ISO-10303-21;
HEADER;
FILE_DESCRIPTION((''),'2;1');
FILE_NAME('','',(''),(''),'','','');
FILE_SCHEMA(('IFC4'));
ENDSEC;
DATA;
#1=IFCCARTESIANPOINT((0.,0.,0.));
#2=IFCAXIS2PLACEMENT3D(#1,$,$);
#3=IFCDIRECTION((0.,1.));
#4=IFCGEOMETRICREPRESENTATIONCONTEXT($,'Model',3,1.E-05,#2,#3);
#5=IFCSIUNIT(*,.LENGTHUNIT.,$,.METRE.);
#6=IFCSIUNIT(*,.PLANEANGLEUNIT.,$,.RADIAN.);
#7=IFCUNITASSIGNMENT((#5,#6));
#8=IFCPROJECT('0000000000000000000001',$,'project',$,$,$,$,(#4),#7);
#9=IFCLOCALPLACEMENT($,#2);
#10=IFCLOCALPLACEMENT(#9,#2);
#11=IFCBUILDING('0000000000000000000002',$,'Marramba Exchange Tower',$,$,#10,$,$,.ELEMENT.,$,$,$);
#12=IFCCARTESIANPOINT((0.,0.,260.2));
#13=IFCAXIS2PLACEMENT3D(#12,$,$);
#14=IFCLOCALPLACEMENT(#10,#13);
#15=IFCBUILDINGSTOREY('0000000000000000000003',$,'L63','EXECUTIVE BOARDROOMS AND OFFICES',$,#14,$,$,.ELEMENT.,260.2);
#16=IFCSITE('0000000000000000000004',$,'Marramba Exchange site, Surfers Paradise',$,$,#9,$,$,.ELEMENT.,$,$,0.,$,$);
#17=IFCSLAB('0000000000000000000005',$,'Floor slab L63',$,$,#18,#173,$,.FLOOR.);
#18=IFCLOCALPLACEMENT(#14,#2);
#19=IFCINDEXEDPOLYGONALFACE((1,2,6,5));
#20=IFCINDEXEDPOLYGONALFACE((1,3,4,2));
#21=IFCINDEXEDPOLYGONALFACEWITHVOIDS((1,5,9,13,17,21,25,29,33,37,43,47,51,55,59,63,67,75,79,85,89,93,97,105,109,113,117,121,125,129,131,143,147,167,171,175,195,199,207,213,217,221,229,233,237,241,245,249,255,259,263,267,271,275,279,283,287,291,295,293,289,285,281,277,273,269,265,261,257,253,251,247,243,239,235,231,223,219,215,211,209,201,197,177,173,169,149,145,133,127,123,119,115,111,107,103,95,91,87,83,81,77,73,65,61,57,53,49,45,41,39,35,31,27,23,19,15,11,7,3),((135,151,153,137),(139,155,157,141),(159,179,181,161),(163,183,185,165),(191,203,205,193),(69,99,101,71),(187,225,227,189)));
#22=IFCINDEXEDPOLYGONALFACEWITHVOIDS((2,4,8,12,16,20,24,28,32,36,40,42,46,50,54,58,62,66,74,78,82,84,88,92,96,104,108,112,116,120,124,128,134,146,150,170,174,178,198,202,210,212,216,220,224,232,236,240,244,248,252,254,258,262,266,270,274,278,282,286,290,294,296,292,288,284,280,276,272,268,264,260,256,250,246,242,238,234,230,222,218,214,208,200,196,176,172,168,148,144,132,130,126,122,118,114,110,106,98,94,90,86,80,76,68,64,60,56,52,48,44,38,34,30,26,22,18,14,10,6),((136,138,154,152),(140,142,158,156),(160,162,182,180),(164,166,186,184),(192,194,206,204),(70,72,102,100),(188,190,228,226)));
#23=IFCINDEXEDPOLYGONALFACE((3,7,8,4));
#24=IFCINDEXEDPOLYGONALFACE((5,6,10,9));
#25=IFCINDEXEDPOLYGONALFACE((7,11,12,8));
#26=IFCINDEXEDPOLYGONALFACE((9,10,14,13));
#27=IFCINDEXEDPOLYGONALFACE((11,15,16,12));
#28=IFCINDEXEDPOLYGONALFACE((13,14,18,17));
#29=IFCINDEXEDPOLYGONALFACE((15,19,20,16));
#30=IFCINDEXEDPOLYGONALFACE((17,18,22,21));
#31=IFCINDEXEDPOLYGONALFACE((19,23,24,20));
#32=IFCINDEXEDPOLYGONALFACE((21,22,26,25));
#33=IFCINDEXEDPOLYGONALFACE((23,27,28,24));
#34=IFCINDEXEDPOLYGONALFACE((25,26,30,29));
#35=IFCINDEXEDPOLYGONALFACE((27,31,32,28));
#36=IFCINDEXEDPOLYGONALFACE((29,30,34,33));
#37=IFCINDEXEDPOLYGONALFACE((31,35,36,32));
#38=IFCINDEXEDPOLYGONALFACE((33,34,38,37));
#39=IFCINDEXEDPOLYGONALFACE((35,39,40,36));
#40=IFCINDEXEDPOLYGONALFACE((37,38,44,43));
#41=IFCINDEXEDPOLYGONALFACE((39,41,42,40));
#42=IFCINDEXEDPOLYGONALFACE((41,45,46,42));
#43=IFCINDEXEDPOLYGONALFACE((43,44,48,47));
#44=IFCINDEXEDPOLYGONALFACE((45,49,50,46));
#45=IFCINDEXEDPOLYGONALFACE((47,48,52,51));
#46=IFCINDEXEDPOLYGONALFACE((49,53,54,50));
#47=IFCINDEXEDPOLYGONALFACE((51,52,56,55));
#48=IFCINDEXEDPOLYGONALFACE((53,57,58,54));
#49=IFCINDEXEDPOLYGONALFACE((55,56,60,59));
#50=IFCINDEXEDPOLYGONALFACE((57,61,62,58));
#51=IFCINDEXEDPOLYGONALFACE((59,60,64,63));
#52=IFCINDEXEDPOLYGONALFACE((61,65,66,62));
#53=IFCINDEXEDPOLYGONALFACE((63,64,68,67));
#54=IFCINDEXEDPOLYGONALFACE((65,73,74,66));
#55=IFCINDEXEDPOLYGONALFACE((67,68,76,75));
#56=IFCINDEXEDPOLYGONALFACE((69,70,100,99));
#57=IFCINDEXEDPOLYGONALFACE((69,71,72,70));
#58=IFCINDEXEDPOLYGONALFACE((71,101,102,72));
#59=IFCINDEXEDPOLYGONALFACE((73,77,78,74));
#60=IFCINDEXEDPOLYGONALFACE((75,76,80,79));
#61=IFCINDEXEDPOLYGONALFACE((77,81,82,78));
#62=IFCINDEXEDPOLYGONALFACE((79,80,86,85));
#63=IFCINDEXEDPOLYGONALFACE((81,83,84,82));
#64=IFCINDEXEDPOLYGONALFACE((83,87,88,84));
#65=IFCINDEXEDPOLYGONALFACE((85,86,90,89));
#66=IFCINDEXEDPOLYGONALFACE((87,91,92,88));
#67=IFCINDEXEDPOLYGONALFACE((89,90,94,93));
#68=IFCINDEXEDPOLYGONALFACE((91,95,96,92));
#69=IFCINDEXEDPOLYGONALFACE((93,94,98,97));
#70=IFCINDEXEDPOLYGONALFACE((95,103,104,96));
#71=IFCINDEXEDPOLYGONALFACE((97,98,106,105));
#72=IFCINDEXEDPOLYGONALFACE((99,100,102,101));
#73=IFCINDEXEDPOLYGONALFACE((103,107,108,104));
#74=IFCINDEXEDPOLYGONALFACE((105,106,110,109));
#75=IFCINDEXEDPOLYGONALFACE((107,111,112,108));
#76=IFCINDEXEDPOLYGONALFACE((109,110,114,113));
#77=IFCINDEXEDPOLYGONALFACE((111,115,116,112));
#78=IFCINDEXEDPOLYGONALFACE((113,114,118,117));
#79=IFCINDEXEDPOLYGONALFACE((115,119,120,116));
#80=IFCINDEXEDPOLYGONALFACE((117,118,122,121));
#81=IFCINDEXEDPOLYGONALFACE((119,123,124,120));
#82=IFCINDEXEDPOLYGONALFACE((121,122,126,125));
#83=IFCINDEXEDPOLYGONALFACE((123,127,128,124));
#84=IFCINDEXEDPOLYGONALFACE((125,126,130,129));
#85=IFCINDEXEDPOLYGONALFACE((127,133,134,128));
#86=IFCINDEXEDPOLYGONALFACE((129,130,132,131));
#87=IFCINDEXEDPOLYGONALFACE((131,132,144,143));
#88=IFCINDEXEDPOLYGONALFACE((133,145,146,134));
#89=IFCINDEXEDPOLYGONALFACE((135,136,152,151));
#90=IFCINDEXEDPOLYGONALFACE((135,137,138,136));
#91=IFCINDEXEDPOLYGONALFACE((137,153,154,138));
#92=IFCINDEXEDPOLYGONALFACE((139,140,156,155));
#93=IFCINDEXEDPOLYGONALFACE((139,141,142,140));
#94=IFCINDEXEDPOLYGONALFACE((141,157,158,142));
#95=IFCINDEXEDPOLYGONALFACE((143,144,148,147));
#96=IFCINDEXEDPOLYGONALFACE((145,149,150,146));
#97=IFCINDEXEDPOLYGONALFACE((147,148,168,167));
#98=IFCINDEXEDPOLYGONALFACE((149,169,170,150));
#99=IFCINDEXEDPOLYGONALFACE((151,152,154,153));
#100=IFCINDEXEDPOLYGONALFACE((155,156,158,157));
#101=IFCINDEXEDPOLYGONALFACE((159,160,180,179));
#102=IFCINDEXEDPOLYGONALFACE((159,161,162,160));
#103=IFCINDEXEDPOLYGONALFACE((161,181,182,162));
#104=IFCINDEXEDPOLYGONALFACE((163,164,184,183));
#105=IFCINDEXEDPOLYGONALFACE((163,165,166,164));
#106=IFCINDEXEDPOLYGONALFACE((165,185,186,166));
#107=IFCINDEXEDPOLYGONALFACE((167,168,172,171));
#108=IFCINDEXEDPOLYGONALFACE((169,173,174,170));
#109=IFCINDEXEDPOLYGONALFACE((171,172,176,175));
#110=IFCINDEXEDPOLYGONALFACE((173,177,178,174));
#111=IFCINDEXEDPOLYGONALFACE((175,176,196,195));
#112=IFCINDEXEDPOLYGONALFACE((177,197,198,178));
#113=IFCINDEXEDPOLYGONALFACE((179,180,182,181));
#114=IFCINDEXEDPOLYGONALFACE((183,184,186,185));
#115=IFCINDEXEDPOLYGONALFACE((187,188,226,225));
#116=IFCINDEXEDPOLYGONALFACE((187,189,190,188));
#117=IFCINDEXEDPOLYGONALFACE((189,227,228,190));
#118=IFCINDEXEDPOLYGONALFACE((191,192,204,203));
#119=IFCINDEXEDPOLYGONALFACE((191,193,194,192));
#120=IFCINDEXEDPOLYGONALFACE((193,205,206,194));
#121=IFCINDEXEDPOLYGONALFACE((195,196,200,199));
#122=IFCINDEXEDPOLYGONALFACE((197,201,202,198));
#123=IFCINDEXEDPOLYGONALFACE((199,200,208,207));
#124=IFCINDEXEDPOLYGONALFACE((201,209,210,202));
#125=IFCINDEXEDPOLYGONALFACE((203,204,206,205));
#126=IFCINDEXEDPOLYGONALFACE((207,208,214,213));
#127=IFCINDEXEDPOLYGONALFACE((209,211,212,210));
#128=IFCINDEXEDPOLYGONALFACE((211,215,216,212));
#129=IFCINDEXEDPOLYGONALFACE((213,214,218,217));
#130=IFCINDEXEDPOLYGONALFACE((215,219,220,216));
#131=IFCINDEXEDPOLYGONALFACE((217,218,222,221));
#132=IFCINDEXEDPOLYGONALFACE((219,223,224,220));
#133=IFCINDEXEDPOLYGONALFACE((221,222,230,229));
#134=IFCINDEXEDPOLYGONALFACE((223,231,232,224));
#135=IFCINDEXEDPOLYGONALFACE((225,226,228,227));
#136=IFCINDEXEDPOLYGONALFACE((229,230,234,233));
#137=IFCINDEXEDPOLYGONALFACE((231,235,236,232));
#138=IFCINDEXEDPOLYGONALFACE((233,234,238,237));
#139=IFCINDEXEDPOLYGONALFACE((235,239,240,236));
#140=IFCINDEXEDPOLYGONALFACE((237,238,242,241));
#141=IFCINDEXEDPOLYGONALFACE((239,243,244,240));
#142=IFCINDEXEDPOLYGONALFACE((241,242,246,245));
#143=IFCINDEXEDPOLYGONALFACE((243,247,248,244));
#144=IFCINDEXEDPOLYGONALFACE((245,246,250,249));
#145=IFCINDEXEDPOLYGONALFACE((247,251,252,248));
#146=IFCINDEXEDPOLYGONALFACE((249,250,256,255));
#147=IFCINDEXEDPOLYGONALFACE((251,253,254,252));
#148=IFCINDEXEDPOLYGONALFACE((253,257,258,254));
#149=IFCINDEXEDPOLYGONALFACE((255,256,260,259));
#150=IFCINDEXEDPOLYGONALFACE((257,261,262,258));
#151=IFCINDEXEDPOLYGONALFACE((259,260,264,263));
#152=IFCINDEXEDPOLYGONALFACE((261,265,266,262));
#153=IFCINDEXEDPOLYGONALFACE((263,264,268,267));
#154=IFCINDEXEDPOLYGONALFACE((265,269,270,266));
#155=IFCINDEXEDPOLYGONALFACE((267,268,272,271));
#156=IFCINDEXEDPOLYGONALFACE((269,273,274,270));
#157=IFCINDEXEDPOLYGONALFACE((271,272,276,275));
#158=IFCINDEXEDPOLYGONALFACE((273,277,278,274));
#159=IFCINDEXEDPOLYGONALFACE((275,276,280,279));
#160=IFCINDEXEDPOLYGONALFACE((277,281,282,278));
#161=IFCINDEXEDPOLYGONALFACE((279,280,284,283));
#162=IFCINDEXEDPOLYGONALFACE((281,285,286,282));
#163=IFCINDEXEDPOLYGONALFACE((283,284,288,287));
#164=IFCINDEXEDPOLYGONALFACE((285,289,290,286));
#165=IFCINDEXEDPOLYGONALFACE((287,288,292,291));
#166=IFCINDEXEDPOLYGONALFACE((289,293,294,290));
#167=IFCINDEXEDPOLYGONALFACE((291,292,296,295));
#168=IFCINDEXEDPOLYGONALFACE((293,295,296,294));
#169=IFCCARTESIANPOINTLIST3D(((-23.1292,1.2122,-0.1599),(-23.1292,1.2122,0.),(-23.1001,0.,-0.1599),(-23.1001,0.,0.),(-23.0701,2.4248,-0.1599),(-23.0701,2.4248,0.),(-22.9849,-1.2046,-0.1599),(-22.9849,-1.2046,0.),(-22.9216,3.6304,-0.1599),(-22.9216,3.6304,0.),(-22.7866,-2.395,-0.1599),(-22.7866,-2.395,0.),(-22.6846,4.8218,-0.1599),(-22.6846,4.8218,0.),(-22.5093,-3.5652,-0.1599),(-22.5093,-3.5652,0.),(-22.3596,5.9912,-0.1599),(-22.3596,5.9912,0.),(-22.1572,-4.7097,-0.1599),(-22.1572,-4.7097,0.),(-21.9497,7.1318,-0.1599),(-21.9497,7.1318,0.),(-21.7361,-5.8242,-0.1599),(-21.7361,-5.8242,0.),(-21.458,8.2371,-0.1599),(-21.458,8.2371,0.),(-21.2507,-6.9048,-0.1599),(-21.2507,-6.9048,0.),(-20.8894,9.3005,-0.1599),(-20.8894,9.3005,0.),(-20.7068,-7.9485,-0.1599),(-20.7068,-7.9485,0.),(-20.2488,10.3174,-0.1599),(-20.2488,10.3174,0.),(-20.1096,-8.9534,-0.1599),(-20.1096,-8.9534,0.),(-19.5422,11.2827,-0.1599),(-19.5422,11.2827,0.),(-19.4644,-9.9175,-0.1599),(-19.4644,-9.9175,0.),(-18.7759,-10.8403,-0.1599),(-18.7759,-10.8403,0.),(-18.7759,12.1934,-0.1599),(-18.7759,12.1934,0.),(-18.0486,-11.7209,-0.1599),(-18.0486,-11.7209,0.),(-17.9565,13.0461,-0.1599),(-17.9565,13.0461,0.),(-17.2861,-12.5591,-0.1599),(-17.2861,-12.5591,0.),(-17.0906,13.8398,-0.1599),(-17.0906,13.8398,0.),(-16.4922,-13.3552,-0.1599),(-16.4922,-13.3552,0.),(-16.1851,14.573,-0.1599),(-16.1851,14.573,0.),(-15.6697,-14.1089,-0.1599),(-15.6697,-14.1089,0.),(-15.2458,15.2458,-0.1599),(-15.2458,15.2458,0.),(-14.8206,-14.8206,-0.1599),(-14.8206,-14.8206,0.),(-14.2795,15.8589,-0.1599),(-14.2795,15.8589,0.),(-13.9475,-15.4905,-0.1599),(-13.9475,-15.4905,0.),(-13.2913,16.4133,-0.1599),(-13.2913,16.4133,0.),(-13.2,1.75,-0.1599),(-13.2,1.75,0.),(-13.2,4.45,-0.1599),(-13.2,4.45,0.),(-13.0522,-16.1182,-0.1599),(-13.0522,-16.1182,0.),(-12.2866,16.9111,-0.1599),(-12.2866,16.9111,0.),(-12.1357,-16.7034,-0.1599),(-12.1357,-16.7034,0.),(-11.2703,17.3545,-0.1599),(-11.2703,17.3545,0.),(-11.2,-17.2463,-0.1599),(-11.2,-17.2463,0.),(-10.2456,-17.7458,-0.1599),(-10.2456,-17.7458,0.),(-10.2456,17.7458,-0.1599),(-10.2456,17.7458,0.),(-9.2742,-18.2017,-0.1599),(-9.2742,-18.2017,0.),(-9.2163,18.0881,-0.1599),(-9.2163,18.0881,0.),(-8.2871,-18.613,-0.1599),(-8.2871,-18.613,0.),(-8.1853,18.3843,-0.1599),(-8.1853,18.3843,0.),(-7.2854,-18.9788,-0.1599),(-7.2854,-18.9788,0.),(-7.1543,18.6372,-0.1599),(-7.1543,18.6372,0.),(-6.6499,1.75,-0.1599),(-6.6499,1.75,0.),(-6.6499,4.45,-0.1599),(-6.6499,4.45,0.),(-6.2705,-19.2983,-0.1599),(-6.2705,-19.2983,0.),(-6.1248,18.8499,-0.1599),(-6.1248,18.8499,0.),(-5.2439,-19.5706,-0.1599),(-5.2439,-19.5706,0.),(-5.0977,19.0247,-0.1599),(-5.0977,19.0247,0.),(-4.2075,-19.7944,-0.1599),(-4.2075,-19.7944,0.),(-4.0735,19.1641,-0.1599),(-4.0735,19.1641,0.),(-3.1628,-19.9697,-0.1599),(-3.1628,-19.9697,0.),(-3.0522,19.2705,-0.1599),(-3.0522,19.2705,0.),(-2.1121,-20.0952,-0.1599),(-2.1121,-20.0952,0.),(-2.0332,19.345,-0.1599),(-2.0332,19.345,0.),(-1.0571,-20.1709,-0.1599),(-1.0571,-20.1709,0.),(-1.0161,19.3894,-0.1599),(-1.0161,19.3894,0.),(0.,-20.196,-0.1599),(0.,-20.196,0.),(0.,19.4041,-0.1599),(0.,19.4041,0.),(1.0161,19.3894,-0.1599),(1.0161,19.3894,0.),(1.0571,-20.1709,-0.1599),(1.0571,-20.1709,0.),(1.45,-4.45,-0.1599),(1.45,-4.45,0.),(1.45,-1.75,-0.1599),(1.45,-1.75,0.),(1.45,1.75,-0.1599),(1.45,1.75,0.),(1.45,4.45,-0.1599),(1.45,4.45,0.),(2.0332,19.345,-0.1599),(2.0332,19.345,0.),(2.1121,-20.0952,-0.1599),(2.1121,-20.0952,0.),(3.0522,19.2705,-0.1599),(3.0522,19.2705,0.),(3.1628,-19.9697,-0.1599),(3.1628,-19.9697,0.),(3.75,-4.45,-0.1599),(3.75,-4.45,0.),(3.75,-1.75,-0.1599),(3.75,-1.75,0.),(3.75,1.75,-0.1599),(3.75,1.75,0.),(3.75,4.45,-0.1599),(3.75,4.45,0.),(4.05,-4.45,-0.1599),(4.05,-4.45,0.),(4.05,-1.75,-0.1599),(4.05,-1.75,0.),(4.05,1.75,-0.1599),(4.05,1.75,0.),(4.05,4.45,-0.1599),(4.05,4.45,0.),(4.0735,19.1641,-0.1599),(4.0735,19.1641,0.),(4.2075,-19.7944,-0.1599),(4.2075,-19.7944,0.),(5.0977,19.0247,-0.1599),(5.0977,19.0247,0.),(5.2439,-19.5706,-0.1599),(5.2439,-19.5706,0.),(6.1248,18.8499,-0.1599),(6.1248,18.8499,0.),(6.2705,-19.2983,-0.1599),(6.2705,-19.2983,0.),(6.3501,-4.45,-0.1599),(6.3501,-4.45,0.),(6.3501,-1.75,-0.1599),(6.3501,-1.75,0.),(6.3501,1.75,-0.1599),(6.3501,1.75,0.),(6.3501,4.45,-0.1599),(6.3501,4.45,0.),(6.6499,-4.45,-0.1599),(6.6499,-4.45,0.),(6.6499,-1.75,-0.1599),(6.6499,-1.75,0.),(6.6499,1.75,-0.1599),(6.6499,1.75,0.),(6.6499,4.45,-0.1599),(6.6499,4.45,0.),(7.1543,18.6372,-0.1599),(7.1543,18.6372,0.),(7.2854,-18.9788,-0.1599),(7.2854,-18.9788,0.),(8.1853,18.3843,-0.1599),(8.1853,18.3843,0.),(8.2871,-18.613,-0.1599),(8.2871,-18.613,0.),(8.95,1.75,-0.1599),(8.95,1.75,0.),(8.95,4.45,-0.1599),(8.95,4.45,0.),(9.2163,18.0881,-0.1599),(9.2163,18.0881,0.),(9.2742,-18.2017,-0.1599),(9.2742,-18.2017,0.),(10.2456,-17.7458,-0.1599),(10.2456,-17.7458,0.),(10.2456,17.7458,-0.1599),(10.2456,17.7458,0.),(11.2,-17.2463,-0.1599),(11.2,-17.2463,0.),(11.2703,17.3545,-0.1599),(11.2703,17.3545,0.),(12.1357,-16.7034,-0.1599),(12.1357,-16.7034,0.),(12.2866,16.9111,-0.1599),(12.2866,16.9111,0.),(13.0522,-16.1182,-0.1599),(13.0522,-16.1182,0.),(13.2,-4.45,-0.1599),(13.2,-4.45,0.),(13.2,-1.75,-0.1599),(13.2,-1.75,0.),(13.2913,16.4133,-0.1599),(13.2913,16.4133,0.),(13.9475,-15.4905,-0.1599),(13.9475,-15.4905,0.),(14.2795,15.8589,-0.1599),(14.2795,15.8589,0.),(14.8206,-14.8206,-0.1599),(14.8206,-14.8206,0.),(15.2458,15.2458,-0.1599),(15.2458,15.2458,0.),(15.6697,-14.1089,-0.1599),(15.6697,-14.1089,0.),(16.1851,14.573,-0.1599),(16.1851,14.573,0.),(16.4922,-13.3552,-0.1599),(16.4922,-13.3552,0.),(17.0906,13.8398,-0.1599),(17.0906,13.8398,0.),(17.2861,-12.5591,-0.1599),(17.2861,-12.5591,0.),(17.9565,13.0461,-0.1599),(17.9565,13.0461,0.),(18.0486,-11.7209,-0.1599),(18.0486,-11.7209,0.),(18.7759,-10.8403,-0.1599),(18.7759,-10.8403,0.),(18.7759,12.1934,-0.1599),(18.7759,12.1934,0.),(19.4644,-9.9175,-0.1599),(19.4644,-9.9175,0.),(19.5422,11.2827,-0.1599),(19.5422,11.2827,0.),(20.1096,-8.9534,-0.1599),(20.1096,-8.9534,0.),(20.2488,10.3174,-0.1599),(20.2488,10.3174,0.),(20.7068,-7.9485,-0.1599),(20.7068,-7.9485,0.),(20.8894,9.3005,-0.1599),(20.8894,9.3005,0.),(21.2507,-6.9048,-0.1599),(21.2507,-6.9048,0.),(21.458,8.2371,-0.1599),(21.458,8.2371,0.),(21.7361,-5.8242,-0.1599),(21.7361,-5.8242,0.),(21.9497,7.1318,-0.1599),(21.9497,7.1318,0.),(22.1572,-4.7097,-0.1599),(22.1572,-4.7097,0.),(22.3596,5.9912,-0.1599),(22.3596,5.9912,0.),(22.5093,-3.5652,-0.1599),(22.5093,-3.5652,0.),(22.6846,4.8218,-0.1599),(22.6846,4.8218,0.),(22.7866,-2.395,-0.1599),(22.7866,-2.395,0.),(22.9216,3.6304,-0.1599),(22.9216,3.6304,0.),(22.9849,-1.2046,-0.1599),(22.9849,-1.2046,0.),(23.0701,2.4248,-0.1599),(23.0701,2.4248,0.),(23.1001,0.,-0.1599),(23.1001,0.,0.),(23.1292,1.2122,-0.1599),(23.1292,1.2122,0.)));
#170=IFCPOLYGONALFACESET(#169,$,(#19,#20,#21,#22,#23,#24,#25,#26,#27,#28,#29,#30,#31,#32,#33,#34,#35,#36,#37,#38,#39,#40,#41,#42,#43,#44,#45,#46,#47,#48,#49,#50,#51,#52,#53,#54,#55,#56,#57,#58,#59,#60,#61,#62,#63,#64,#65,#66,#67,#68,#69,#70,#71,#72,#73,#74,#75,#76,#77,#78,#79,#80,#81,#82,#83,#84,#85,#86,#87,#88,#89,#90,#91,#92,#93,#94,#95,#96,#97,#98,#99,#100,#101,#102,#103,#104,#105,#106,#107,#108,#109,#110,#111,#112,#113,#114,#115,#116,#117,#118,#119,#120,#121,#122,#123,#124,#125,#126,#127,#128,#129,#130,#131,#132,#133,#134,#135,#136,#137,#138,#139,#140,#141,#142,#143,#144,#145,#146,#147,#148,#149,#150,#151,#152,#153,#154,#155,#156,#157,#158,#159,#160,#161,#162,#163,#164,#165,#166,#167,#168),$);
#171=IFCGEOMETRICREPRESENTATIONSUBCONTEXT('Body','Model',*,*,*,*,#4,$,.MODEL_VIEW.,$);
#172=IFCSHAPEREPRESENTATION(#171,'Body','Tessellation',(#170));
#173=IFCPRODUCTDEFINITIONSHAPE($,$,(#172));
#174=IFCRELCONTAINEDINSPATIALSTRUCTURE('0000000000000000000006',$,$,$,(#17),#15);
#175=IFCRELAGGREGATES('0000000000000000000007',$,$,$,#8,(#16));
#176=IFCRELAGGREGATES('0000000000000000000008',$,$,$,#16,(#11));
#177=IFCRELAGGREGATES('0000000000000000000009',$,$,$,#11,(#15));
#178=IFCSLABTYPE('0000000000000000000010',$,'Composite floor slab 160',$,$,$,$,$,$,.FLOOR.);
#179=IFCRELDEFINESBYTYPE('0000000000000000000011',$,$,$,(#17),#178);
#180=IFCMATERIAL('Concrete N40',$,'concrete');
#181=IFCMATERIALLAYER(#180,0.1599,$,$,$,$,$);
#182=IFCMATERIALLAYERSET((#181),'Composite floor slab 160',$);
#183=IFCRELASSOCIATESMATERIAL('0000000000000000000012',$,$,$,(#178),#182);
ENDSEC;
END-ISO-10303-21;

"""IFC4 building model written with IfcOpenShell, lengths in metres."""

from ifc_helpers import new_model, si_unit, direction, frame, origin, place, context, subcontext, project, spatial, polyline, outline, extrude, material, layer, layer_set, type_object, element, save


model = new_model("IFC4")

# Units and contexts
model_context = context("Model", 3, precision=1e-05, world=origin(), true_north=direction((0.0, 1.0)))
body_context = subcontext(model_context, "Body", "Model", "MODEL_VIEW")
ifc_project = project(units=[si_unit("LENGTHUNIT", "METRE"), si_unit("PLANEANGLEUNIT", "RADIAN")], contexts=[model_context])

# Site, building, storey
site_placement = place(None, origin())
site = spatial("IfcSite", under=ifc_project, at=site_placement, Name="Marramba Exchange site, Surfers Paradise", CompositionType="ELEMENT", RefElevation=0.0)
building_placement = place(site_placement, origin())
building = spatial("IfcBuilding", under=site, at=building_placement, Name="Marramba Exchange Tower", CompositionType="ELEMENT")
storey_placement = place(building_placement, frame((0.0, 0.0, 260.2)))
storey = spatial("IfcBuildingStorey", under=building, at=storey_placement, Name="L63", Description="EXECUTIVE BOARDROOMS AND OFFICES", CompositionType="ELEMENT", Elevation=260.2)

# Slab
ifc_material_1 = material(Name="Concrete N40", Category="concrete")
ifc_layer_1 = layer(ifc_material_1, 0.1599)
ifc_layer_set_1 = layer_set([ifc_layer_1], Name="Composite floor slab 160")
slab_type = type_object("IfcSlabType", Name="Composite floor slab 160", PredefinedType="FLOOR", material=ifc_layer_set_1)
slab_placement = place(storey_placement, frame((0.0, 0.0, -0.1599)))
element("IfcSlab", 1, at=slab_placement, inside=storey, type_object=slab_type, Name="Floor slab L63", PredefinedType="FLOOR", context=body_context, shape_type="SweptSolid", body=[
    extrude(outline(polyline([(23.1001, 0.0), (23.1292, 1.2122), (23.0701, 2.4248), (22.9216, 3.6304), (22.6846, 4.8218), (22.3596, 5.9912), (21.9497, 7.1318), (21.458, 8.2371), (20.8894, 9.3005), (20.2488, 10.3174), (19.5422, 11.2827), (18.7759, 12.1934), (17.9565, 13.0461), (17.0906, 13.8398), (16.1851, 14.573), (15.2458, 15.2458), (14.2795, 15.8589), (13.2913, 16.4133), (12.2866, 16.9111), (11.2703, 17.3545), (10.2456, 17.7458), (9.2163, 18.0881), (8.1853, 18.3843), (7.1543, 18.6372), (6.1248, 18.8499), (5.0977, 19.0247), (4.0735, 19.1641), (3.0522, 19.2705), (2.0332, 19.345), (1.0161, 19.3894), (0.0, 19.4041), (-1.0161, 19.3894), (-2.0332, 19.345), (-3.0522, 19.2705), (-4.0735, 19.1641), (-5.0977, 19.0247), (-6.1248, 18.8499), (-7.1543, 18.6372), (-8.1853, 18.3843), (-9.2163, 18.0881), (-10.2456, 17.7458), (-11.2703, 17.3545), (-12.2866, 16.9111), (-13.2913, 16.4133), (-14.2795, 15.8589), (-15.2458, 15.2458), (-16.1851, 14.573), (-17.0906, 13.8398), (-17.9565, 13.0461), (-18.7759, 12.1934), (-19.5422, 11.2827), (-20.2488, 10.3174), (-20.8894, 9.3005), (-21.458, 8.2371), (-21.9497, 7.1318), (-22.3596, 5.9912), (-22.6846, 4.8218), (-22.9216, 3.6304), (-23.0701, 2.4248), (-23.1292, 1.2122), (-23.1001, 0.0), (-22.9849, -1.2046), (-22.7866, -2.395), (-22.5093, -3.5652), (-22.1572, -4.7097), (-21.7361, -5.8242), (-21.2507, -6.9048), (-20.7068, -7.9485), (-20.1096, -8.9534), (-19.4644, -9.9175), (-18.7759, -10.8403), (-18.0486, -11.7209), (-17.2861, -12.5591), (-16.4922, -13.3552), (-15.6697, -14.1089), (-14.8206, -14.8206), (-13.9475, -15.4905), (-13.0522, -16.1182), (-12.1357, -16.7034), (-11.2, -17.2463), (-10.2456, -17.7458), (-9.2742, -18.2017), (-8.2871, -18.613), (-7.2854, -18.9788), (-6.2705, -19.2983), (-5.2439, -19.5706), (-4.2075, -19.7944), (-3.1628, -19.9697), (-2.1121, -20.0952), (-1.0571, -20.1709), (0.0, -20.196), (1.0571, -20.1709), (2.1121, -20.0952), (3.1628, -19.9697), (4.2075, -19.7944), (5.2439, -19.5706), (6.2705, -19.2983), (7.2854, -18.9788), (8.2871, -18.613), (9.2742, -18.2017), (10.2456, -17.7458), (11.2, -17.2463), (12.1357, -16.7034), (13.0522, -16.1182), (13.9475, -15.4905), (14.8206, -14.8206), (15.6697, -14.1089), (16.4922, -13.3552), (17.2861, -12.5591), (18.0486, -11.7209), (18.7759, -10.8403), (19.4644, -9.9175), (20.1096, -8.9534), (20.7068, -7.9485), (21.2507, -6.9048), (21.7361, -5.8242), (22.1572, -4.7097), (22.5093, -3.5652), (22.7866, -2.395), (22.9849, -1.2046), (23.1001, 0.0)]), holes=[polyline([(1.45, 1.75), (3.75, 1.75), (3.75, 4.45), (1.45, 4.45), (1.45, 1.75)]), polyline([(4.05, 1.75), (6.3501, 1.75), (6.3501, 4.45), (4.05, 4.45), (4.05, 1.75)]), polyline([(1.45, -4.45), (3.75, -4.45), (3.75, -1.75), (1.45, -1.75), (1.45, -4.45)]), polyline([(4.05, -4.45), (6.3501, -4.45), (6.3501, -1.75), (4.05, -1.75), (4.05, -4.45)]), polyline([(6.6499, 1.75), (8.95, 1.75), (8.95, 4.45), (6.6499, 4.45), (6.6499, 1.75)]), polyline([(-13.2, 1.75), (-6.6499, 1.75), (-6.6499, 4.45), (-13.2, 4.45), (-13.2, 1.75)]), polyline([(6.6499, -4.45), (13.2, -4.45), (13.2, -1.75), (6.6499, -1.75), (6.6499, -4.45)])]), origin(), (0.0, 0.0, 1.0), 0.1599),
])

save(model, "model.ifc")
